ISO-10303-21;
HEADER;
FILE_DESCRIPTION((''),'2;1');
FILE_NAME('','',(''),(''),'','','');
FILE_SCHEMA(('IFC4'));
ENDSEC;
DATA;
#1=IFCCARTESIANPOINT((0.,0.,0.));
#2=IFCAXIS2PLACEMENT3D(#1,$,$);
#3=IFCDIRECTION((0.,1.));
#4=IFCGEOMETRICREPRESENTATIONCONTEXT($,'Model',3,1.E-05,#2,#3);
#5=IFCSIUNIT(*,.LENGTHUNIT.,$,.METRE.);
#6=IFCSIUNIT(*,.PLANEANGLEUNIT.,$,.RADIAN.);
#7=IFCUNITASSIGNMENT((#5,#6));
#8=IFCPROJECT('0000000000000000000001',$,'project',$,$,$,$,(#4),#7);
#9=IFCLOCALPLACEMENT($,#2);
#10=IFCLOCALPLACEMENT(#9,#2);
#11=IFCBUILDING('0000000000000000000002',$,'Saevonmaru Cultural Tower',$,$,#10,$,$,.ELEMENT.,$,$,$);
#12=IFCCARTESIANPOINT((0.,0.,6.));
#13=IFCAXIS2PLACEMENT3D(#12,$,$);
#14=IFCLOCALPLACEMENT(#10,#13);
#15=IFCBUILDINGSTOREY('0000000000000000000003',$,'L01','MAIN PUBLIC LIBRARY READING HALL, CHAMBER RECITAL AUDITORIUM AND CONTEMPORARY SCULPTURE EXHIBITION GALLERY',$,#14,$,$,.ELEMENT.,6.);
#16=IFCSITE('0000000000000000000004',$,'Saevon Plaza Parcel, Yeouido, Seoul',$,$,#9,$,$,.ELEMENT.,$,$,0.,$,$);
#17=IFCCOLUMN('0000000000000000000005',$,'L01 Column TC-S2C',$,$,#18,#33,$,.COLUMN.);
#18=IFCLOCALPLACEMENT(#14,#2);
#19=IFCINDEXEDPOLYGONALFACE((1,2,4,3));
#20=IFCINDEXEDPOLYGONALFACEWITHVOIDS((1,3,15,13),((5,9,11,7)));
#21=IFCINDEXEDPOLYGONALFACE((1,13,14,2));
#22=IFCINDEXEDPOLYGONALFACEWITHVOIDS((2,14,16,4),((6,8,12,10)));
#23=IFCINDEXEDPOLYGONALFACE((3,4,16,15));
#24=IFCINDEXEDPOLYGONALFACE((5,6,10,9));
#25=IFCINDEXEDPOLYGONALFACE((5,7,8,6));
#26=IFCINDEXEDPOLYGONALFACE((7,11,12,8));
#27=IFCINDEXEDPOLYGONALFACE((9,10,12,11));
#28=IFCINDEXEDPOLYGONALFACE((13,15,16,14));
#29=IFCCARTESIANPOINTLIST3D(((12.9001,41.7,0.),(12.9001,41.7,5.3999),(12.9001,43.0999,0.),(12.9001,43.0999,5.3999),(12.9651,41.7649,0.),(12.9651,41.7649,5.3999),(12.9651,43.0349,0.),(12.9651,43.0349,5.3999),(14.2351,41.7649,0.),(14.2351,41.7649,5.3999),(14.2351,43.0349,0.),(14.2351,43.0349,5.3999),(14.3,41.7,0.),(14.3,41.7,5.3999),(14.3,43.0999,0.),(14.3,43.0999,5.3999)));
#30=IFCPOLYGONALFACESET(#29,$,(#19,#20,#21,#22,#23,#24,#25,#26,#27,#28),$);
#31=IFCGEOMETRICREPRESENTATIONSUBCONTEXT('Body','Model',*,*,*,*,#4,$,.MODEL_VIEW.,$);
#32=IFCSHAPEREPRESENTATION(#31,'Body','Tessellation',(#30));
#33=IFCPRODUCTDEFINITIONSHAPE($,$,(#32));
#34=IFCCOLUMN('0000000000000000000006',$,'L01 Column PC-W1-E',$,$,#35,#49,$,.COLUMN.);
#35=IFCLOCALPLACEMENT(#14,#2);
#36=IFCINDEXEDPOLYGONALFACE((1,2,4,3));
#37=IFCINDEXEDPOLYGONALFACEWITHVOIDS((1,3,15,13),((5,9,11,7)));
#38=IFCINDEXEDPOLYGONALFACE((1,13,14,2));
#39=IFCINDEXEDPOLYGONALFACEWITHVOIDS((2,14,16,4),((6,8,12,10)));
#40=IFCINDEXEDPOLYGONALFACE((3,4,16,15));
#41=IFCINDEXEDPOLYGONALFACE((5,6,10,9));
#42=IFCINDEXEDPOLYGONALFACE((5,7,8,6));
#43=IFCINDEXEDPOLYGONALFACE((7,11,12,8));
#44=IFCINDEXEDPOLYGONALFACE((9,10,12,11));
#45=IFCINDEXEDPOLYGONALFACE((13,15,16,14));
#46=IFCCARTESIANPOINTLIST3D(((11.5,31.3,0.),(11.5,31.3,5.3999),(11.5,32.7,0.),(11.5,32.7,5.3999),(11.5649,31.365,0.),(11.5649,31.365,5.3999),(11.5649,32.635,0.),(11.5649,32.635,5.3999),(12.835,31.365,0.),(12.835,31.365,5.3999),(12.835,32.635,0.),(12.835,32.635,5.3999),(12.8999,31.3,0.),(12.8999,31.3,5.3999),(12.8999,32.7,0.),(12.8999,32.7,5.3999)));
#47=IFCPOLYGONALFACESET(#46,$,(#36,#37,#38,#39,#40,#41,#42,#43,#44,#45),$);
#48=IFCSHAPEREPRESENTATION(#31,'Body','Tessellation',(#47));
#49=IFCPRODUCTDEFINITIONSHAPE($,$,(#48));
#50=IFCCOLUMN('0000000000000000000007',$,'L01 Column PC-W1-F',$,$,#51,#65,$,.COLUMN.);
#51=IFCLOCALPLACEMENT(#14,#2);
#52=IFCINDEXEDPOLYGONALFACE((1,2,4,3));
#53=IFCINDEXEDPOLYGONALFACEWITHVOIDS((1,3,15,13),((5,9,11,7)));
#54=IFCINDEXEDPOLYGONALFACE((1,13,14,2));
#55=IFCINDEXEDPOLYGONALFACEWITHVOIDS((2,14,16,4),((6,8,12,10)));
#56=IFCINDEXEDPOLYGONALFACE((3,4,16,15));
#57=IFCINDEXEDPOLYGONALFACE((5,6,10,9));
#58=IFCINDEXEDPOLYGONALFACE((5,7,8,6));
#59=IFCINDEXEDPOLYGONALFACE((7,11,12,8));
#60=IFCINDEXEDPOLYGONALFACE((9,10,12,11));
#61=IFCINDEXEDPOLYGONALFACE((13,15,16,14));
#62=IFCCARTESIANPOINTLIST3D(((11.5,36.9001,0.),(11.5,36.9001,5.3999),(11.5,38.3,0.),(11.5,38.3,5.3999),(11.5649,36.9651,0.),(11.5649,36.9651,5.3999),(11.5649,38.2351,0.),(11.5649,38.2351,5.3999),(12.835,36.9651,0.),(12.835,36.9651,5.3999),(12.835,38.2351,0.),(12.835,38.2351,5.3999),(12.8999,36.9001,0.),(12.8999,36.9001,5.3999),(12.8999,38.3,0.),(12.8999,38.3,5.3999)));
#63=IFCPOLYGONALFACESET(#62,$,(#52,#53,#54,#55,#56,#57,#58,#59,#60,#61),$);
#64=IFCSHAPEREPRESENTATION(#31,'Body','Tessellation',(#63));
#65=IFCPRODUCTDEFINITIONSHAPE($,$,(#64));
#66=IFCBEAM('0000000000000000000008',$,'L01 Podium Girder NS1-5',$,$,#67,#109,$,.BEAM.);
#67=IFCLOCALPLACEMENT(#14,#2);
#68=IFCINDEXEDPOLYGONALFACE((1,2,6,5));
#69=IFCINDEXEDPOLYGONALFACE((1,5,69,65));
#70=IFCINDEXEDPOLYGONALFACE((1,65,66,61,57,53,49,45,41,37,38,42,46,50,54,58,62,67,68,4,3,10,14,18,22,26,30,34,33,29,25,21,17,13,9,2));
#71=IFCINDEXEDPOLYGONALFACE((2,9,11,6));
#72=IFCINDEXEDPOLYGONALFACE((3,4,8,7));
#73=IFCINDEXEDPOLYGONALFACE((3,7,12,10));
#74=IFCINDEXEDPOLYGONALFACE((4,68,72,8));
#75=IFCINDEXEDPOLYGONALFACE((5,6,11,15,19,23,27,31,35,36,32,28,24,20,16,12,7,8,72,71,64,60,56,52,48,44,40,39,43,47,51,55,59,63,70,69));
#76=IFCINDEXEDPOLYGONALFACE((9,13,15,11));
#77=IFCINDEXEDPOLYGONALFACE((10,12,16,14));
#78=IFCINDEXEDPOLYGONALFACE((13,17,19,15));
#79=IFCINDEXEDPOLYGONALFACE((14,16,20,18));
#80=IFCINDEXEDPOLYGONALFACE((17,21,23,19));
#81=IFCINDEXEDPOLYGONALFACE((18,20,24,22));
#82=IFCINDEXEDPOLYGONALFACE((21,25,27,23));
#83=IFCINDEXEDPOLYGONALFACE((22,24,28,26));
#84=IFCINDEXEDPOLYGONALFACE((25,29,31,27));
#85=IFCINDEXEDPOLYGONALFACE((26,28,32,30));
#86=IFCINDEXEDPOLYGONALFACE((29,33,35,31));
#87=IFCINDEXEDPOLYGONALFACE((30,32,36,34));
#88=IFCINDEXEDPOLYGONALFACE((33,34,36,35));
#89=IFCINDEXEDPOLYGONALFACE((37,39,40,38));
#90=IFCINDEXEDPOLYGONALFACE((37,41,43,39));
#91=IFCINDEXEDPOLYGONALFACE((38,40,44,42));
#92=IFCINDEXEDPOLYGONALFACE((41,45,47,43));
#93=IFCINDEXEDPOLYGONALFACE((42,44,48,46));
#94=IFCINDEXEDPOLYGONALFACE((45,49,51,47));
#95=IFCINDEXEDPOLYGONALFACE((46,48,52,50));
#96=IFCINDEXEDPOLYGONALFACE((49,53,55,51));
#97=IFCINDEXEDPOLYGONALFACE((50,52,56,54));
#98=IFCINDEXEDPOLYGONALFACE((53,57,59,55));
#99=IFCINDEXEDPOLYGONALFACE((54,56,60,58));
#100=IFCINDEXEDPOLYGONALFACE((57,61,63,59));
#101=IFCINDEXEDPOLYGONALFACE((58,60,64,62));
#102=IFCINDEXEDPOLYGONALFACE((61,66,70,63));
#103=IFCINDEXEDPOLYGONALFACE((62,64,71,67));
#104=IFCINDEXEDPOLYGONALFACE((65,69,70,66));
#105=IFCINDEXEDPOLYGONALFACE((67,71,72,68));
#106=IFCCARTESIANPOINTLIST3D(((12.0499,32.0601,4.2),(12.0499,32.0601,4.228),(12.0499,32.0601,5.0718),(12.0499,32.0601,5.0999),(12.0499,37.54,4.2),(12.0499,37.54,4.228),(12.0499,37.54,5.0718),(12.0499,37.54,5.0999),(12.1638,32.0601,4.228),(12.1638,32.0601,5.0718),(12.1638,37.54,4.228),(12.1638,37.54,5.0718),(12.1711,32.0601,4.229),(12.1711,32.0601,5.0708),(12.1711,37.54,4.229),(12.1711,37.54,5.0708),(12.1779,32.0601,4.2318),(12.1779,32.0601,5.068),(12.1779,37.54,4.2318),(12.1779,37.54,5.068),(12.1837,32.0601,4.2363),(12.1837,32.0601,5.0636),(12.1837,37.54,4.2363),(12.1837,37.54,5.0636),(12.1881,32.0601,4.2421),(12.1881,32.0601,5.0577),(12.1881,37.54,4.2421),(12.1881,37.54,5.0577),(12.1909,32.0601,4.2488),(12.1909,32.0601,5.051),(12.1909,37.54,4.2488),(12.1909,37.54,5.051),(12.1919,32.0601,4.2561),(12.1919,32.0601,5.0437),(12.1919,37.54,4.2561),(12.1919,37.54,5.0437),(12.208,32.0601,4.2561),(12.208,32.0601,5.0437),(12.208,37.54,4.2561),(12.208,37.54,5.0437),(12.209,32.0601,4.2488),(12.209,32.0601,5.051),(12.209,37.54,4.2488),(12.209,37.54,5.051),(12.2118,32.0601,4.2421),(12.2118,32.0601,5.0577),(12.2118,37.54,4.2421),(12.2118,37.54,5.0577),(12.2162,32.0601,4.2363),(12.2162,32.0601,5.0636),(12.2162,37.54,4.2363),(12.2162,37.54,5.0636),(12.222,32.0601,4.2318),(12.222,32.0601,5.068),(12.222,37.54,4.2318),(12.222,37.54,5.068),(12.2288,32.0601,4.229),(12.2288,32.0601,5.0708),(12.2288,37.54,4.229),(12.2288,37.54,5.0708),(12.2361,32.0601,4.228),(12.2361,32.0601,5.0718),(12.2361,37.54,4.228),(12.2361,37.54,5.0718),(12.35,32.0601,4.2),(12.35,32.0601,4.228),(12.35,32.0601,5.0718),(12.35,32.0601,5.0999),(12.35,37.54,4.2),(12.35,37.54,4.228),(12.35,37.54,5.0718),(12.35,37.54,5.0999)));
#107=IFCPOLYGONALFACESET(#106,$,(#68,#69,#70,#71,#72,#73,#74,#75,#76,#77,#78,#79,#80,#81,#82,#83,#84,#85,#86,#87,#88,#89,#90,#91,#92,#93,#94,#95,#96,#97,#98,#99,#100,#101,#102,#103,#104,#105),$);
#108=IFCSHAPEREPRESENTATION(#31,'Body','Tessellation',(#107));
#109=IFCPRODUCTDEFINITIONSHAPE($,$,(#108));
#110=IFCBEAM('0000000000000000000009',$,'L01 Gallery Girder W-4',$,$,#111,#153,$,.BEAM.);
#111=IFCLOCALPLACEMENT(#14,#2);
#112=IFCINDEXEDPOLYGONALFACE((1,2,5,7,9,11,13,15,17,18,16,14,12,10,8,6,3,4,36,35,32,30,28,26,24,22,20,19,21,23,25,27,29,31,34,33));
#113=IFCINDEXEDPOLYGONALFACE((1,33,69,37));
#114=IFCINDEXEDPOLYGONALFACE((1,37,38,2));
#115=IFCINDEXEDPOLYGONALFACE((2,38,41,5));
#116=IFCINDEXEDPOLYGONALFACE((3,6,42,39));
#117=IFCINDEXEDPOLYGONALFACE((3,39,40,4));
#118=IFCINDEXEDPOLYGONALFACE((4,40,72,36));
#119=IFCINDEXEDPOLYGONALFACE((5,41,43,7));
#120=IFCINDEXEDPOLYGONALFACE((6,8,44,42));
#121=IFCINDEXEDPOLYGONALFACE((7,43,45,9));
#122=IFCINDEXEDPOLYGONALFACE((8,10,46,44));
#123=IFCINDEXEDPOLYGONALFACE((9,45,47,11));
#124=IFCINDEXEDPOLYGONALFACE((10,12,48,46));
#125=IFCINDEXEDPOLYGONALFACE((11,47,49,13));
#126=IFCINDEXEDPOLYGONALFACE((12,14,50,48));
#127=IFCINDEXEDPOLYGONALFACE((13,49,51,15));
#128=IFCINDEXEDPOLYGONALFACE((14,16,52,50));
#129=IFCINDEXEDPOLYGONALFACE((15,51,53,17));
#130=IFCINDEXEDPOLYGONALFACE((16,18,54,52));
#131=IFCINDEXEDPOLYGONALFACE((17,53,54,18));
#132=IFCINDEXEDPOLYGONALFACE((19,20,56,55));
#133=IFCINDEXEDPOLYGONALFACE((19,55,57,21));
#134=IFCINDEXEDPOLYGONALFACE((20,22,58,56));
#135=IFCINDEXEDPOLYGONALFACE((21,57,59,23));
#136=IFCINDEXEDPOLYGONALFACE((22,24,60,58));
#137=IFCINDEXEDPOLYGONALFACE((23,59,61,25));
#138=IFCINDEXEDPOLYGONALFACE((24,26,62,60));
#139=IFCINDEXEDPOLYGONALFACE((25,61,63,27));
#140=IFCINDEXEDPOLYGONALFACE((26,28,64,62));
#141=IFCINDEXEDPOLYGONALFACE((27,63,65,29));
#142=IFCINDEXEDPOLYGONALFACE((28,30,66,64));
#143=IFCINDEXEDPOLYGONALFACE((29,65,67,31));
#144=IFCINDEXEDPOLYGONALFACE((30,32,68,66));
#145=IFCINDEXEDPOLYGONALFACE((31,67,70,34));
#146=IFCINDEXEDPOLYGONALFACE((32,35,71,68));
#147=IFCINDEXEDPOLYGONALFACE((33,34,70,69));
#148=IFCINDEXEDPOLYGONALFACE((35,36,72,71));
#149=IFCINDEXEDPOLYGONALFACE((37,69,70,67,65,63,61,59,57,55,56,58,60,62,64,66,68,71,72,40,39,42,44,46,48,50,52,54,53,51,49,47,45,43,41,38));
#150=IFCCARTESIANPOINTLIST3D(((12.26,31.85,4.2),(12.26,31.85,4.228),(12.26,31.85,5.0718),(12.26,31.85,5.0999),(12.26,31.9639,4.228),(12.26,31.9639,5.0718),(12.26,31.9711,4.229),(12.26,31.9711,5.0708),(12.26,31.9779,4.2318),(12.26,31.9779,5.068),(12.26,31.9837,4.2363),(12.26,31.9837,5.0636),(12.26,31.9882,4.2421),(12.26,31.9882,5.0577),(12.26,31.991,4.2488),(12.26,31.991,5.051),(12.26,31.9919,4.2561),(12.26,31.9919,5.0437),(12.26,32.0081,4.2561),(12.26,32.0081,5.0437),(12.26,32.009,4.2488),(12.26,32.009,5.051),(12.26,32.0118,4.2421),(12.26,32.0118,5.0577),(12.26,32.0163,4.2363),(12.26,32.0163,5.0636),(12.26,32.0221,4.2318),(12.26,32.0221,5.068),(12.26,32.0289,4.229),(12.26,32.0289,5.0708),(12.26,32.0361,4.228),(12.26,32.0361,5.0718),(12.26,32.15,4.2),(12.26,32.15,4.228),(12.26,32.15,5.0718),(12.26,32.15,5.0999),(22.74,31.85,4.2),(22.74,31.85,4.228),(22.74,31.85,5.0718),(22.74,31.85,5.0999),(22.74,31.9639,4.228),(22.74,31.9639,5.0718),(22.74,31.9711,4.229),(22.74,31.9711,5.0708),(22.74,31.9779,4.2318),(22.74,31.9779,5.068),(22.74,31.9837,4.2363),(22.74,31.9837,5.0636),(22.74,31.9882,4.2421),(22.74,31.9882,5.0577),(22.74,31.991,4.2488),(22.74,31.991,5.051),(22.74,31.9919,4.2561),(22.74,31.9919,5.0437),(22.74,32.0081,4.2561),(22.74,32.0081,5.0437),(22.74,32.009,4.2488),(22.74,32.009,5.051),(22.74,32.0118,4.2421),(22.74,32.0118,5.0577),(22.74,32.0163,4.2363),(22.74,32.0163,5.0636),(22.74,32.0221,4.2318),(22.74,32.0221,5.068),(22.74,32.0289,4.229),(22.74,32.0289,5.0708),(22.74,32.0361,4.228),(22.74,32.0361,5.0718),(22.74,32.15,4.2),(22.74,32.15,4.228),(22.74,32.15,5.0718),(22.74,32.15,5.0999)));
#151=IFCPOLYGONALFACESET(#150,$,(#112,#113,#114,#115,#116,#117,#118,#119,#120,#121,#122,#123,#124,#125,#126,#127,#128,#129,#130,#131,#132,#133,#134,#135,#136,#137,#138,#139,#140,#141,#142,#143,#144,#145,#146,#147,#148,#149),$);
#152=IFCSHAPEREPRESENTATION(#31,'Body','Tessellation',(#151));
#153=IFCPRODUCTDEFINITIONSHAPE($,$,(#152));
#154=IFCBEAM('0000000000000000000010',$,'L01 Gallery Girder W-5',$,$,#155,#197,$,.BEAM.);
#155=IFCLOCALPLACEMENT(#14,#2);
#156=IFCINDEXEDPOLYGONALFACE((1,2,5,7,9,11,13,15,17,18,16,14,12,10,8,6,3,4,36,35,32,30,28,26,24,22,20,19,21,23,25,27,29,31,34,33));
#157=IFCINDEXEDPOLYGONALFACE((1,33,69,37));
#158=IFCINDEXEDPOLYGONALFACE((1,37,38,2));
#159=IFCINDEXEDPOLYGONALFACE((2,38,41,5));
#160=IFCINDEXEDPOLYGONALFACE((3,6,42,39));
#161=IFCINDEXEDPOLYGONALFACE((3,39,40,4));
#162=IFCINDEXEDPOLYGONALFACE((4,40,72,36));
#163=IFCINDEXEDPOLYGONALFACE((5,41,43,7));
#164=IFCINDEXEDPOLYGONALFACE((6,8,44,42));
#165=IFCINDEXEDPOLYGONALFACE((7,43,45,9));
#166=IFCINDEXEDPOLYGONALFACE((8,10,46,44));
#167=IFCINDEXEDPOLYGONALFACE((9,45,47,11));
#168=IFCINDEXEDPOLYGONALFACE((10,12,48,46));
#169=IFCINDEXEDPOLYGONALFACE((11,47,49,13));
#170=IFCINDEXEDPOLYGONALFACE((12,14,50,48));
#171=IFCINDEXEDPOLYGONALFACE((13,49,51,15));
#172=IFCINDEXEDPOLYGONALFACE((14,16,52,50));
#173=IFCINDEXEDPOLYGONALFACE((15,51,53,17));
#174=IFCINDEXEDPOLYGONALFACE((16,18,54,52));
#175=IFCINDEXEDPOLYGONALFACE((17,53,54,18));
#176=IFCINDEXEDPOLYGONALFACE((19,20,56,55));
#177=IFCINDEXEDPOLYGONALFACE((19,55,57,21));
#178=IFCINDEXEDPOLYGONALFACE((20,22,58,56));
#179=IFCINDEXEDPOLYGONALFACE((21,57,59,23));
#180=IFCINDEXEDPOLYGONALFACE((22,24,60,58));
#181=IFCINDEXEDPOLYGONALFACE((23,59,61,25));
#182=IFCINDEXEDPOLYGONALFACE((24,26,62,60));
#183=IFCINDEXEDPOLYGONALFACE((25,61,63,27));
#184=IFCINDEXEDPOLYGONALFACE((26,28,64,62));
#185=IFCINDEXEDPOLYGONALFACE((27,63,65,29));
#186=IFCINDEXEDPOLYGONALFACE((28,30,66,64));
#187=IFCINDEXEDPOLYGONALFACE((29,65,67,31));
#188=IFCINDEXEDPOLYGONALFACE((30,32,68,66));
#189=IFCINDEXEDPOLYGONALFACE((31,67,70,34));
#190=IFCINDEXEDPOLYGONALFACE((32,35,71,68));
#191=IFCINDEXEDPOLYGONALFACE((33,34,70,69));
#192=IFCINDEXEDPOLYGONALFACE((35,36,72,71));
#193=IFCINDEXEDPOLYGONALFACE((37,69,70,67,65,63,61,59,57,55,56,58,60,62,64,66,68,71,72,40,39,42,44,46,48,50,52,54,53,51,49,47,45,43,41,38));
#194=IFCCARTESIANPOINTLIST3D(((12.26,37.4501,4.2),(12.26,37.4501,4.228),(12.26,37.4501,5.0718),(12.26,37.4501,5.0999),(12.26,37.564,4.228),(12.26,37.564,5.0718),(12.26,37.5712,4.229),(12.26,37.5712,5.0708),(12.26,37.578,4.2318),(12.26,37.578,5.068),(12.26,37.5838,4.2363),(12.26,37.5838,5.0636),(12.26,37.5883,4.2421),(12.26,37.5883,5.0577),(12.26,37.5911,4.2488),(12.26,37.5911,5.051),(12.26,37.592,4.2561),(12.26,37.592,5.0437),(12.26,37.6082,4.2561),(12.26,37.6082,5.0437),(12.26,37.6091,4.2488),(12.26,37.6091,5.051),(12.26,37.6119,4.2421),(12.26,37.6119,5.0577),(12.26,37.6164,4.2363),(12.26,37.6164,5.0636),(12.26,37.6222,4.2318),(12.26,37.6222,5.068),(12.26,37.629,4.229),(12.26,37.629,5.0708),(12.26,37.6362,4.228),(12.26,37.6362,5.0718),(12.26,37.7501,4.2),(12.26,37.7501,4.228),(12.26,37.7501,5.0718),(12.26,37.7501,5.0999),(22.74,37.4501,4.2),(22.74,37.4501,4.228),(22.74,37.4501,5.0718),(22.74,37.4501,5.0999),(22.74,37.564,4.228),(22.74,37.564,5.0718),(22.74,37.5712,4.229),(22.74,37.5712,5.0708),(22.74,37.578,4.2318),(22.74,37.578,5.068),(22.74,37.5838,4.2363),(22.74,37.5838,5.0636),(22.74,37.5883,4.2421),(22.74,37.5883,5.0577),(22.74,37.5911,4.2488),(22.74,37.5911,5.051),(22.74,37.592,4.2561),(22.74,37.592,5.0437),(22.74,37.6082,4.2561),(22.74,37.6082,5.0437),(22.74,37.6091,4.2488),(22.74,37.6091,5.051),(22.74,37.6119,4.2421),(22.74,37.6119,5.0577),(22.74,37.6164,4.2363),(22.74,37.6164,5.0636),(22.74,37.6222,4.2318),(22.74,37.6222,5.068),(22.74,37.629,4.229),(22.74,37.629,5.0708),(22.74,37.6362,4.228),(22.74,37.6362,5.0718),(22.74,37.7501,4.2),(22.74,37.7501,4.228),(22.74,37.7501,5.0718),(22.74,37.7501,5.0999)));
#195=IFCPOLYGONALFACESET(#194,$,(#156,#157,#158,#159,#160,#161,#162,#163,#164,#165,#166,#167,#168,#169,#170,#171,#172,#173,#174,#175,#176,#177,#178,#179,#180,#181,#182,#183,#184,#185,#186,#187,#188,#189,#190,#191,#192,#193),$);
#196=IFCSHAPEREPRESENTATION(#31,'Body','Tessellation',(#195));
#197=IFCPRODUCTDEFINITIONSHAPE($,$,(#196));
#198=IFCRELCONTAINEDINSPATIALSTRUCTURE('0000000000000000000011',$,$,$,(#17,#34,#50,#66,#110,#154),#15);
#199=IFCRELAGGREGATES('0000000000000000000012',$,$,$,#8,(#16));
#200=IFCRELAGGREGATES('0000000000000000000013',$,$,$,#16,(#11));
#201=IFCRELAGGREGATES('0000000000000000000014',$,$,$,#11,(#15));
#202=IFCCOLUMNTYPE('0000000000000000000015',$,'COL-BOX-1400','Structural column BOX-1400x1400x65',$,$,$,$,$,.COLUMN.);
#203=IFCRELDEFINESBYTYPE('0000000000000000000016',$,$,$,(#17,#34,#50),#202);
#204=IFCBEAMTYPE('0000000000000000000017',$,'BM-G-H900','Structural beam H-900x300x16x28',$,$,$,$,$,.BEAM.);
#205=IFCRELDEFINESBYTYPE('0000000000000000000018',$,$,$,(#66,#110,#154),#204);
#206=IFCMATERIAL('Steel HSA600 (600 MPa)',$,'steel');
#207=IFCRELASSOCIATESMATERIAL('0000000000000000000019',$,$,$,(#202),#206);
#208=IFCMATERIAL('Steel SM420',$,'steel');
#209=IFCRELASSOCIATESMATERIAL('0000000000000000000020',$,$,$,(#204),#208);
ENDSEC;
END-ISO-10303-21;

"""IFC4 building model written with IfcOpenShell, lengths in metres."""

from ifc_helpers import new_model, si_unit, direction, frame, origin, origin_2d, place, context, subcontext, project, spatial, hollow_rectangle, i_section, extrude, material, material_profile, profile_set, type_object, element, save


model = new_model("IFC4")

# Units and contexts
model_context = context("Model", 3, precision=1e-05, world=origin(), true_north=direction((0.0, 1.0)))
body_context = subcontext(model_context, "Body", "Model", "MODEL_VIEW")
ifc_project = project(units=[si_unit("LENGTHUNIT", "METRE"), si_unit("PLANEANGLEUNIT", "RADIAN")], contexts=[model_context])

# Site, building, storey
site_placement = place(None, origin())
site = spatial("IfcSite", under=ifc_project, at=site_placement, Name="Saevon Plaza Parcel, Yeouido, Seoul", CompositionType="ELEMENT", RefElevation=0.0)
building_placement = place(site_placement, origin())
building = spatial("IfcBuilding", under=site, at=building_placement, Name="Saevonmaru Cultural Tower", CompositionType="ELEMENT")
storey_placement = place(building_placement, frame((0.0, 0.0, 6.0)))
storey = spatial("IfcBuildingStorey", under=building, at=storey_placement, Name="L01", Description="MAIN PUBLIC LIBRARY READING HALL, CHAMBER RECITAL AUDITORIUM AND CONTEMPORARY SCULPTURE EXHIBITION GALLERY", CompositionType="ELEMENT", Elevation=6.0)

# Columns
ifc_material_1 = material(Name="Steel HSA600 (600 MPa)", Category="steel")
ifc_material_profile_1 = material_profile(ifc_material_1, hollow_rectangle(XDim=1.3999, YDim=1.3999, WallThickness=0.0649, at=origin_2d()), Name="BOX-1400x1400x65")
ifc_profile_set_1 = profile_set([ifc_material_profile_1], Name="Steel HSA600 (600 MPa)")
column_type = type_object("IfcColumnType", Name="COL-BOX-1400", Description="Structural column BOX-1400x1400x65", PredefinedType="COLUMN", material=ifc_profile_set_1)
for number, where, z_axis, x_axis, name in (
    (1, (13.6001, 42.3999, 0.0), (0.0, 0.0, 1.0), (1.0, 0.0, 0.0), "L01 Column TC-S2C"),
    (2, (12.2, 32.0, 0.0), (0.0, 0.0, 1.0), (1.0, 0.0, 0.0), "L01 Column PC-W1-E"),
    (3, (12.2, 37.6001, 0.0), (0.0, 0.0, 1.0), (1.0, 0.0, 0.0), "L01 Column PC-W1-F"),
):
    element("IfcColumn", number, at=place(storey_placement, frame(where, z_axis=z_axis, x_axis=x_axis)), inside=storey, type_object=column_type, Name=name, PredefinedType="COLUMN", context=body_context, shape_type="SweptSolid", body=[
        extrude(hollow_rectangle(XDim=1.3999, YDim=1.3999, WallThickness=0.0649, at=origin_2d()), origin(), (0.0, 0.0, 1.0), 5.3999),
    ])

# Beams
ifc_material_2 = material(Name="Steel SM420", Category="steel")
ifc_material_profile_2 = material_profile(ifc_material_2, i_section(OverallWidth=0.3, OverallDepth=0.8999, WebThickness=0.0161, FlangeThickness=0.0281, FilletRadius=0.0281, at=origin_2d()), Name="H-900x300x16x28")
ifc_profile_set_2 = profile_set([ifc_material_profile_2], Name="Steel SM420")
beam_type_1 = type_object("IfcBeamType", Name="BM-G-H900", Description="Structural beam H-900x300x16x28", PredefinedType="BEAM", material=ifc_profile_set_2)
beam_1_placement = place(storey_placement, frame((12.2, 32.0601, 4.6499), z_axis=(0.0, 1.0, 0.0), x_axis=(-1.0, 0.0, 0.0)))
element("IfcBeam", 4, at=beam_1_placement, inside=storey, type_object=beam_type_1, Name="L01 Podium Girder NS1-5", PredefinedType="BEAM", context=body_context, shape_type="SweptSolid", body=[
    extrude(i_section(OverallWidth=0.3, OverallDepth=0.8999, WebThickness=0.0161, FlangeThickness=0.0281, FilletRadius=0.0281, at=origin_2d()), origin(), (0.0, 0.0, 1.0), 5.48),
])
for number, where, z_axis, x_axis, name in (
    (5, (12.26, 32.0, 4.6499), (1.0, 0.0, 0.0), (0.0, 1.0, 0.0), "L01 Gallery Girder W-4"),
    (6, (12.26, 37.6001, 4.6499), (1.0, 0.0, 0.0), (0.0, 1.0, 0.0), "L01 Gallery Girder W-5"),
):
    element("IfcBeam", number, at=place(storey_placement, frame(where, z_axis=z_axis, x_axis=x_axis)), inside=storey, type_object=beam_type_1, Name=name, PredefinedType="BEAM", context=body_context, shape_type="SweptSolid", body=[
        extrude(i_section(OverallWidth=0.3, OverallDepth=0.8999, WebThickness=0.0161, FlangeThickness=0.0281, FilletRadius=0.0281, at=origin_2d()), origin(), (0.0, 0.0, 1.0), 10.48),
    ])

save(model, "model.ifc")
